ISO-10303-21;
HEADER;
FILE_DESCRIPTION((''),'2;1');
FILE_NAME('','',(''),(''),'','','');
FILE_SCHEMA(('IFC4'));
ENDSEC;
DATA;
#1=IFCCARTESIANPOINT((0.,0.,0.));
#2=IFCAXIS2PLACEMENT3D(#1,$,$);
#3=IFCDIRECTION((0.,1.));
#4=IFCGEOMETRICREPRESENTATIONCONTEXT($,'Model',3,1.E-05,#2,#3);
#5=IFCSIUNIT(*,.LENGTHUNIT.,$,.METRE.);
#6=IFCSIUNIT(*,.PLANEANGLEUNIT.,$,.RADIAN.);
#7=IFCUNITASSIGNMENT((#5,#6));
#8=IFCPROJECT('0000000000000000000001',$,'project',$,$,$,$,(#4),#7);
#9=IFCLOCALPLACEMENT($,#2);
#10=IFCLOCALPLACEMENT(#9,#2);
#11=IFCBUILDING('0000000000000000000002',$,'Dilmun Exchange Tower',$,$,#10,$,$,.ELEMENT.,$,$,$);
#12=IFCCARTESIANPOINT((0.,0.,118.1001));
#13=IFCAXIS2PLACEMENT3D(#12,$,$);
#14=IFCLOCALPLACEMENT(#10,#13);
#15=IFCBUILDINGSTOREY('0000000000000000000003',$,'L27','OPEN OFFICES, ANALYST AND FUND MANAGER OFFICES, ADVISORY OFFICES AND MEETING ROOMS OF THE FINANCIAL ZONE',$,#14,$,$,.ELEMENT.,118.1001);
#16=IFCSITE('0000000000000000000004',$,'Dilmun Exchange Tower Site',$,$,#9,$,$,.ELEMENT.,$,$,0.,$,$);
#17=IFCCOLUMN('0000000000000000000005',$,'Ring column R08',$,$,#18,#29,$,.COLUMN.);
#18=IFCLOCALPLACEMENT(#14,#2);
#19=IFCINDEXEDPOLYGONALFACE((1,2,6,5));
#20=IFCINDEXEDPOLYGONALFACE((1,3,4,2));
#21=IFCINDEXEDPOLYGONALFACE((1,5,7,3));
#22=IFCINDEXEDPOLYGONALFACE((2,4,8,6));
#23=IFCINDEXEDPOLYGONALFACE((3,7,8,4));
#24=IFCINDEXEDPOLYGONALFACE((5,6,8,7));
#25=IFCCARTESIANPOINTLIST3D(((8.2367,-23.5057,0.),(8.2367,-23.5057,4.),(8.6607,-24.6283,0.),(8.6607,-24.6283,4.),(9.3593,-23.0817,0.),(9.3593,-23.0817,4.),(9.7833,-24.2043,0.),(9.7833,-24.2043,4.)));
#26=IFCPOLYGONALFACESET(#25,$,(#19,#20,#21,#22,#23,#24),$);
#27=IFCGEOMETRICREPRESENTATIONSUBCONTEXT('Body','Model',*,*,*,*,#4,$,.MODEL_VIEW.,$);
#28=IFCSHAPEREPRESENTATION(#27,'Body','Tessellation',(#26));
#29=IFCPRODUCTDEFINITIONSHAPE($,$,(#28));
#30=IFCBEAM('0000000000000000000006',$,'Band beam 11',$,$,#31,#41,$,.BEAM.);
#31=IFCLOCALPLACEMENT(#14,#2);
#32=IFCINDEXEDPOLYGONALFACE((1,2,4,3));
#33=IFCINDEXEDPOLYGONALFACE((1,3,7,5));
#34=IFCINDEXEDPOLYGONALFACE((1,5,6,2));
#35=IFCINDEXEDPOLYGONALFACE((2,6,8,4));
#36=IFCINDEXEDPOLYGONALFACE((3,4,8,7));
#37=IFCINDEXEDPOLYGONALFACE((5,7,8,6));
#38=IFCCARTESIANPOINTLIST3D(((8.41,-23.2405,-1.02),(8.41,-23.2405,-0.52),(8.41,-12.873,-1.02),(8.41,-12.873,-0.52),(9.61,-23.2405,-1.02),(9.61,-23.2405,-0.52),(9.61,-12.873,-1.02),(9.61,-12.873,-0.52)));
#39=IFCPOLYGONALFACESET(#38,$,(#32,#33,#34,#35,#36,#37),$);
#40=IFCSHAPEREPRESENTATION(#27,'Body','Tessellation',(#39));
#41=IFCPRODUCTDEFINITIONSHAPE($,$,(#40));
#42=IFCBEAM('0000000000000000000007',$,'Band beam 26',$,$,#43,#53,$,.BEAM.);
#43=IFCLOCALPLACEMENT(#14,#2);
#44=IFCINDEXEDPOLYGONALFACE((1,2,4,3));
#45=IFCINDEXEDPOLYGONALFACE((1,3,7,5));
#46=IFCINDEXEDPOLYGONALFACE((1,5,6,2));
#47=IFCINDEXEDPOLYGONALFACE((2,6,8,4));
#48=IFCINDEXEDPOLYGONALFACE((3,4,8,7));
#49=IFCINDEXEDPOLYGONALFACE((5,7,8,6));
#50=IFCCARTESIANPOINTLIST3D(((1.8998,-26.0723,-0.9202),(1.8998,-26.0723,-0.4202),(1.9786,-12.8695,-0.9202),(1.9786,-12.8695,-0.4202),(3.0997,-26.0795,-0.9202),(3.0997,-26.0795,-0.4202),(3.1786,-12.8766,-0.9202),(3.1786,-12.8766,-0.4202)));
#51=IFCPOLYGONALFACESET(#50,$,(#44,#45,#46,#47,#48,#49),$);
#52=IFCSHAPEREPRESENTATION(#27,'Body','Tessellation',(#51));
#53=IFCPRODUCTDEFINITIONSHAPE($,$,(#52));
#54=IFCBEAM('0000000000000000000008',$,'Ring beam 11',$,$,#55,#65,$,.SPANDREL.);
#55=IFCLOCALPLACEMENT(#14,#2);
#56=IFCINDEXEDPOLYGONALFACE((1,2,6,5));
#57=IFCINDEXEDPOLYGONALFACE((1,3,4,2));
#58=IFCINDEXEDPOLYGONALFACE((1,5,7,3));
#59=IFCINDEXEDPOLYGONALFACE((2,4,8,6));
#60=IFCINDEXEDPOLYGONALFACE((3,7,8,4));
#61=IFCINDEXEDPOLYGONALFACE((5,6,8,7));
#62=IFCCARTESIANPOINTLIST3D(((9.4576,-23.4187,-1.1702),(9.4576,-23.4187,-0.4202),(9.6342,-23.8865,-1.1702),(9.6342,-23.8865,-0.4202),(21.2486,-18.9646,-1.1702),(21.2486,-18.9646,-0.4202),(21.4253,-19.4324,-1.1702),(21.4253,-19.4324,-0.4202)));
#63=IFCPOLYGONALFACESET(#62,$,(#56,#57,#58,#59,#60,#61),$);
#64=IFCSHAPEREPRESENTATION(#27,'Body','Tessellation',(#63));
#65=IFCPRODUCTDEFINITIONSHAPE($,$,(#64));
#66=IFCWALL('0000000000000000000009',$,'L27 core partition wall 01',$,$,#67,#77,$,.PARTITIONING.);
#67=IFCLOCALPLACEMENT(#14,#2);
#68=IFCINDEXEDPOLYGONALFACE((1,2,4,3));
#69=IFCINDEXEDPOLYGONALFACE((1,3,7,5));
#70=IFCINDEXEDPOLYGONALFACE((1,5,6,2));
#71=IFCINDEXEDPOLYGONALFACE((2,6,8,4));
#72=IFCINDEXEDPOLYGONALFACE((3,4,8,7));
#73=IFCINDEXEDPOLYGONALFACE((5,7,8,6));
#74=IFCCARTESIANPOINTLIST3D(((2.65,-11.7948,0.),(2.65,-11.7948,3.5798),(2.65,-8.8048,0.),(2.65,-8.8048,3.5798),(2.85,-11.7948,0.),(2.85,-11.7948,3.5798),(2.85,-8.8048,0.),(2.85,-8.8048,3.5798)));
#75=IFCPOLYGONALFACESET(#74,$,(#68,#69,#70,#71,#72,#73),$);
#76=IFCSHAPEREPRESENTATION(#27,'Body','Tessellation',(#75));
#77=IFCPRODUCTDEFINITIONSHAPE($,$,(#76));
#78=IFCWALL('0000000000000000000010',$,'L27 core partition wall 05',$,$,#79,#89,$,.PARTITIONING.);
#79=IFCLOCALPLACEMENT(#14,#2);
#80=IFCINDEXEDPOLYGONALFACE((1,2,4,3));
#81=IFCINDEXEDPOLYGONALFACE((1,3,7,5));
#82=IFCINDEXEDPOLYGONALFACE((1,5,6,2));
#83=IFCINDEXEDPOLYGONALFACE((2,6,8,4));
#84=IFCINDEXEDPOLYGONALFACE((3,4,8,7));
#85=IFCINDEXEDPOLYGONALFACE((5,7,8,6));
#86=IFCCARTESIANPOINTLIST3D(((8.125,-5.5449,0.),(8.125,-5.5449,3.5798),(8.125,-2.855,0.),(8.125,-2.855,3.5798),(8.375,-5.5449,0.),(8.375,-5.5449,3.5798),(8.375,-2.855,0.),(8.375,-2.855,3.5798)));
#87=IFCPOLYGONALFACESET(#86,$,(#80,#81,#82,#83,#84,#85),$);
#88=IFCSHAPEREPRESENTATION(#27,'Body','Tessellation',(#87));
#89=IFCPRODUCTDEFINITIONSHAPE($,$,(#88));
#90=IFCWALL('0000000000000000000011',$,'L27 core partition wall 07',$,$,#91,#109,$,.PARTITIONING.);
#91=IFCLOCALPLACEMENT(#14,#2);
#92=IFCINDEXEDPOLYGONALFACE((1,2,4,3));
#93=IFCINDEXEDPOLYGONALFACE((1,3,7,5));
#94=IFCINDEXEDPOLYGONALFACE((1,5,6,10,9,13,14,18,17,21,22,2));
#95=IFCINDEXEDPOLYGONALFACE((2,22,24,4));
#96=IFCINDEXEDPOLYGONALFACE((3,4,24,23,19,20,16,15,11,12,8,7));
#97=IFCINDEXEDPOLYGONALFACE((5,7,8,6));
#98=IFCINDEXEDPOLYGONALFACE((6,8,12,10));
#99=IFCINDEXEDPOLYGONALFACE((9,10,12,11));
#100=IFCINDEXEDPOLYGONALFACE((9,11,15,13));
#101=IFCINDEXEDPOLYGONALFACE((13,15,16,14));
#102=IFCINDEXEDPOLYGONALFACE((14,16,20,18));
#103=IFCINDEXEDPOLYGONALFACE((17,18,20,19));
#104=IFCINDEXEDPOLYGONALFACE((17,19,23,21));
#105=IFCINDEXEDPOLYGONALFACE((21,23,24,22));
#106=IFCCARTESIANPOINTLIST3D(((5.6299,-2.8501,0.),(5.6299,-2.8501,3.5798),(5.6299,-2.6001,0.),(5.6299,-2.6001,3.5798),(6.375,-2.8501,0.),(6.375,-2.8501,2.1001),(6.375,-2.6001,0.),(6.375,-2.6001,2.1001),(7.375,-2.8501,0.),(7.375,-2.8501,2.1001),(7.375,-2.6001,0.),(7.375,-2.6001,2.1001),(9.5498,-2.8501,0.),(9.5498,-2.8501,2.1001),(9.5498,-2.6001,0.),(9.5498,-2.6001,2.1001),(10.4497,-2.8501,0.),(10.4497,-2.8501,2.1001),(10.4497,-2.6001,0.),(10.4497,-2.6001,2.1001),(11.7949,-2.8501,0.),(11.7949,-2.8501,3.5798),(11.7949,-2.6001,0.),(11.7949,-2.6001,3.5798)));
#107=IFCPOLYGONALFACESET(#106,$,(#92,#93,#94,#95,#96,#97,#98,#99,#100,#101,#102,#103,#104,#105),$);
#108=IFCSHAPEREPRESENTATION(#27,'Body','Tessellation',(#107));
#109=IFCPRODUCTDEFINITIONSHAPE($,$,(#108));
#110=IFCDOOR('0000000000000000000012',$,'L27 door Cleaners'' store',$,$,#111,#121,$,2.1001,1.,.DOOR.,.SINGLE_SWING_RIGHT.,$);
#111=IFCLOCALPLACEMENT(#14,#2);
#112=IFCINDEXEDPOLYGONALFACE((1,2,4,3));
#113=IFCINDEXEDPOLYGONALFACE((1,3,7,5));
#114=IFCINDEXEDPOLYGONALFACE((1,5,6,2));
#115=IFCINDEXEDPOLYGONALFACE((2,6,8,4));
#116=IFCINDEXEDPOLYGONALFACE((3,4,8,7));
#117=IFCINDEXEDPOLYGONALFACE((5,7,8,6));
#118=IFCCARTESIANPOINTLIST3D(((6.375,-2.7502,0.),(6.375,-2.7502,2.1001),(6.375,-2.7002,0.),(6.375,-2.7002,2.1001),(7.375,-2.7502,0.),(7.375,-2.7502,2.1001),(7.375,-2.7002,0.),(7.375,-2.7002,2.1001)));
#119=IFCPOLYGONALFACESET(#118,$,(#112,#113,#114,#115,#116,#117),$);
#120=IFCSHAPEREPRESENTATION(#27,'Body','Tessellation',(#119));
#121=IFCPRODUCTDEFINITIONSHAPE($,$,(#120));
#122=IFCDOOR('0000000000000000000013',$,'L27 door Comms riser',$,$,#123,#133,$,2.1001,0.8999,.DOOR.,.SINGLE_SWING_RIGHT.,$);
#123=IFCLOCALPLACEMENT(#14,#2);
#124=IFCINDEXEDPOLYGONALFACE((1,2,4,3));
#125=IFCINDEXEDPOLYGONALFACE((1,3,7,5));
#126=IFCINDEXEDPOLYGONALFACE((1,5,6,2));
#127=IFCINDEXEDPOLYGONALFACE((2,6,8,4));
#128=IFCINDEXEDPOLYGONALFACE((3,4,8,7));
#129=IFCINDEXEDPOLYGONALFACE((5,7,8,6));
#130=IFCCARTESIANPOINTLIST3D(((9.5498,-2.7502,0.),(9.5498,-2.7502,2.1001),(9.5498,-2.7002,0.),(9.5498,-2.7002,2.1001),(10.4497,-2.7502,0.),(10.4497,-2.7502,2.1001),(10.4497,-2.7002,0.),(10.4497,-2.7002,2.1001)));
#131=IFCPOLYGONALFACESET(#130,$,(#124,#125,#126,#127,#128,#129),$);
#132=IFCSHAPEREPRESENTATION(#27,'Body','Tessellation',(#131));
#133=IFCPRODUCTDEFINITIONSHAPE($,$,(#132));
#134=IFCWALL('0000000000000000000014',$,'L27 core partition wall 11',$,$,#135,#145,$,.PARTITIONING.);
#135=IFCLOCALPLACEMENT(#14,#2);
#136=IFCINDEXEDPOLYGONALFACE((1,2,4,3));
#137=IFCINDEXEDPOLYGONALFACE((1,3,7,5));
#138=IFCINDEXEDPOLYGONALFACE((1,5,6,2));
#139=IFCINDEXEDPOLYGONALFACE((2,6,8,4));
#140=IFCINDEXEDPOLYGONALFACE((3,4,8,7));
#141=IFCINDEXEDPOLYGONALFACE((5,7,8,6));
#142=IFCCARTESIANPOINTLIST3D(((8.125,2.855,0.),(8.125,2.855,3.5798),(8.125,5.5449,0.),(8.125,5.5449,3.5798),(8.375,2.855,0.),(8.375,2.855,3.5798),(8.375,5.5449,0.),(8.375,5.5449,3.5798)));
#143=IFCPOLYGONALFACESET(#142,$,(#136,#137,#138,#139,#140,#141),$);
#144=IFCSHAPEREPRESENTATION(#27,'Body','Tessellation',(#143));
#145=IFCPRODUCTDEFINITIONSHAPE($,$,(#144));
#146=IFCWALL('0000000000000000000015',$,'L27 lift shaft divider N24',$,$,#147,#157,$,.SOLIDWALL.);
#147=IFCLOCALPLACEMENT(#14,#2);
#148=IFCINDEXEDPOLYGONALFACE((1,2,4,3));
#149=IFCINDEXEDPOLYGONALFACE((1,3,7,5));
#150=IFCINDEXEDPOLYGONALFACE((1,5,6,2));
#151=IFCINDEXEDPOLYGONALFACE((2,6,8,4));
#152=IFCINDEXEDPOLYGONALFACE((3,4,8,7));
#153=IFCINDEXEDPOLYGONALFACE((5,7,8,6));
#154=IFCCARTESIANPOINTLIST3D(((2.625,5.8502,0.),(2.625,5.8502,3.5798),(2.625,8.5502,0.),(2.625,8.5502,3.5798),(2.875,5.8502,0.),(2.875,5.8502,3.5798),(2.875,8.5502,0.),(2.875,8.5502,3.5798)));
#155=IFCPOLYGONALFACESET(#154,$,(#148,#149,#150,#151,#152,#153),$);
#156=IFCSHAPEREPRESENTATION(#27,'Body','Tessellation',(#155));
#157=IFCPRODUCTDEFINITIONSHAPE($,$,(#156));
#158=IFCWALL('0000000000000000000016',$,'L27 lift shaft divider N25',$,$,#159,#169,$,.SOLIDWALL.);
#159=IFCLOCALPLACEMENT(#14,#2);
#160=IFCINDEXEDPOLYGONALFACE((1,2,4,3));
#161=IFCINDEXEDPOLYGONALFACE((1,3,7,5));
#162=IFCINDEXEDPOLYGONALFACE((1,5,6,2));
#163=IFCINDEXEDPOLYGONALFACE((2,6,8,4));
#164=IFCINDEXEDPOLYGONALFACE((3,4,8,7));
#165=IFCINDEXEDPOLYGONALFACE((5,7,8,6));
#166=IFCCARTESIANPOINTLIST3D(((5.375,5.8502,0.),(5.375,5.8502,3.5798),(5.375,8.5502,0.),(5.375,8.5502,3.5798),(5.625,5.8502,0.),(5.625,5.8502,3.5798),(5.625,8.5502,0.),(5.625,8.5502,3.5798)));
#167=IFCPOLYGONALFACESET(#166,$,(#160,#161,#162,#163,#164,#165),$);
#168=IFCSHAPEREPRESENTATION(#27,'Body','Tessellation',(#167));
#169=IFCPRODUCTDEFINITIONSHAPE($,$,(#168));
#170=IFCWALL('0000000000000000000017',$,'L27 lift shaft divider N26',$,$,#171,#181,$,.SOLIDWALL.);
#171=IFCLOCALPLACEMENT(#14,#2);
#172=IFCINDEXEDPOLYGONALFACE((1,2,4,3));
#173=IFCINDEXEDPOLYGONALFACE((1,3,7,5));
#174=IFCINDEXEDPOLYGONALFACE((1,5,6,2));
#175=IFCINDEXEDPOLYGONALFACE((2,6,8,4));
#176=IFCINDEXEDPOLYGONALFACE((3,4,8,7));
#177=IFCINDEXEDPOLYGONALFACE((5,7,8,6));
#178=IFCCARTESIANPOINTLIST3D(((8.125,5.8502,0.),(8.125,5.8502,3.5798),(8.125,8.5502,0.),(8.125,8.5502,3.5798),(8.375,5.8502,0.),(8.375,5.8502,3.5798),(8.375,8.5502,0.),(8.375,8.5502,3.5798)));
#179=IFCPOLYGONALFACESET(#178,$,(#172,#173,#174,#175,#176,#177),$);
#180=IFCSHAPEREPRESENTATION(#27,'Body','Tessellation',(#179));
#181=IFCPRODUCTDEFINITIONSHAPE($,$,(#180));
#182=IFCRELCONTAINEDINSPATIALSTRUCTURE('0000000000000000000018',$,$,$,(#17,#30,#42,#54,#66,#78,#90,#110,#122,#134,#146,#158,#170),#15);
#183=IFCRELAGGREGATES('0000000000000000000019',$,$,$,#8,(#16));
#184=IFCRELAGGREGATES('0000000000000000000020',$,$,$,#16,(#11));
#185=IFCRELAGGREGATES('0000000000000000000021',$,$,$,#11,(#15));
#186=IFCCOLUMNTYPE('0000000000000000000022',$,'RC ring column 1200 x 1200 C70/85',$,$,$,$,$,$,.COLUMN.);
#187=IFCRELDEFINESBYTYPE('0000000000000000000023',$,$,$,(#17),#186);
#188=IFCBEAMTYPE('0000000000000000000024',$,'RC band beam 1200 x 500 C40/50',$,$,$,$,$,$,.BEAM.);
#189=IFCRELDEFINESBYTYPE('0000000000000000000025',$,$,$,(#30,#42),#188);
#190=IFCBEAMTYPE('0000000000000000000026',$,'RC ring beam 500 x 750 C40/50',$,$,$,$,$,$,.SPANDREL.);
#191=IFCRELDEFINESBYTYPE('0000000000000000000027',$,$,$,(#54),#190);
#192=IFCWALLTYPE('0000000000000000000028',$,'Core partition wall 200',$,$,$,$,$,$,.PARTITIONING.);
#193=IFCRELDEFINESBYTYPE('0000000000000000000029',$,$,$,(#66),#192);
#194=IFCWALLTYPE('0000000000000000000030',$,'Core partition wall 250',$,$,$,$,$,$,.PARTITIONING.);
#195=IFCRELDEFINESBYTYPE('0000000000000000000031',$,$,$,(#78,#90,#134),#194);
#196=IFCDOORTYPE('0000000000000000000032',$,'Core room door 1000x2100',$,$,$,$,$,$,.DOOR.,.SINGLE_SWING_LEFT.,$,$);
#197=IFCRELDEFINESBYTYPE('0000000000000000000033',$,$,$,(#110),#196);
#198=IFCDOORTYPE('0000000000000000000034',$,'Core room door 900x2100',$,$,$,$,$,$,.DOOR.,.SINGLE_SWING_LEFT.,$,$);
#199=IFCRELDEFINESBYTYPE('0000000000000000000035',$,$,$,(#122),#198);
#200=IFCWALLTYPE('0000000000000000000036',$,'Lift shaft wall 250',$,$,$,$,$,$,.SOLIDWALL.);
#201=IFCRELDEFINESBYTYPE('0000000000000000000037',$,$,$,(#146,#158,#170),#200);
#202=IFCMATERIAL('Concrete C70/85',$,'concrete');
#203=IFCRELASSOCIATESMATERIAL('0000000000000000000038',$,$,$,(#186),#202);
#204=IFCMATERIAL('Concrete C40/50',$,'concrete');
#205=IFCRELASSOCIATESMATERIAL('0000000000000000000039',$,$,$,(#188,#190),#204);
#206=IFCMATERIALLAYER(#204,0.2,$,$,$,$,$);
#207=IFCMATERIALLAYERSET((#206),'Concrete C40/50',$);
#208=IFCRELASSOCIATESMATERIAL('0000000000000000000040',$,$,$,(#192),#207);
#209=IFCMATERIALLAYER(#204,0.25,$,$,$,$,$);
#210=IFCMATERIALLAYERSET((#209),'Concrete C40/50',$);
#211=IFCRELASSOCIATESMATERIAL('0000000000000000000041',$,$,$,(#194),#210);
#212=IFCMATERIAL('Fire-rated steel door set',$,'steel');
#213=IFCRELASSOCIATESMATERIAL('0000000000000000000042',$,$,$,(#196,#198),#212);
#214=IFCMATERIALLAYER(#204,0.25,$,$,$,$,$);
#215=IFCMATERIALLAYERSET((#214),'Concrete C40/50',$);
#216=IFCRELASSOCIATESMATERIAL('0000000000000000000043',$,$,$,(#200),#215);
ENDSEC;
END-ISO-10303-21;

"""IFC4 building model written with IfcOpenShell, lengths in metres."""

from ifc_helpers import new_model, si_unit, direction, frame, frame_2d, origin, origin_2d, place, context, subcontext, project, spatial, rectangle, extrude, material, layer, layer_set, material_profile, profile_set, type_object, element, fill, save


model = new_model("IFC4")

# Units and contexts
model_context = context("Model", 3, precision=1e-05, world=origin(), true_north=direction((0.0, 1.0)))
body_context = subcontext(model_context, "Body", "Model", "MODEL_VIEW")
ifc_project = project(units=[si_unit("LENGTHUNIT", "METRE"), si_unit("PLANEANGLEUNIT", "RADIAN")], contexts=[model_context])

# Site, building, storey
site_placement = place(None, origin())
site = spatial("IfcSite", under=ifc_project, at=site_placement, Name="Dilmun Exchange Tower Site", CompositionType="ELEMENT", RefElevation=0.0)
building_placement = place(site_placement, origin())
building = spatial("IfcBuilding", under=site, at=building_placement, Name="Dilmun Exchange Tower", CompositionType="ELEMENT")
storey_placement = place(building_placement, frame((0.0, 0.0, 118.1001)))
storey = spatial("IfcBuildingStorey", under=building, at=storey_placement, Name="L27", Description="OPEN OFFICES, ANALYST AND FUND MANAGER OFFICES, ADVISORY OFFICES AND MEETING ROOMS OF THE FINANCIAL ZONE", CompositionType="ELEMENT", Elevation=118.1001)

# Column
ifc_material_1 = material(Name="Concrete C70/85", Category="concrete")
ifc_material_profile_1 = material_profile(ifc_material_1, rectangle(XDim=1.2, YDim=1.2, at=origin_2d()), Name="1200 x 1200")
ifc_profile_set_1 = profile_set([ifc_material_profile_1], Name="Concrete C70/85")
column_type = type_object("IfcColumnType", Name="RC ring column 1200 x 1200 C70/85", PredefinedType="COLUMN", material=ifc_profile_set_1)
column_placement = place(storey_placement, frame((9.01, -23.855, 0.0), z_axis=(0.0, 0.0, 1.0), x_axis=(0.935492, 0.353349, 0.0)))
element("IfcColumn", 1, at=column_placement, inside=storey, type_object=column_type, Name="Ring column R08", PredefinedType="COLUMN", context=body_context, shape_type="SweptSolid", body=[
    extrude(rectangle(XDim=1.2, YDim=1.2, at=origin_2d()), origin(), (0.0, 0.0, 1.0), 4.0),
])

# Beams
ifc_material_2 = material(Name="Concrete C40/50", Category="concrete")
ifc_material_profile_2 = material_profile(ifc_material_2, rectangle(XDim=1.2, YDim=0.5, at=origin_2d()), Name="1200 x 500")
ifc_profile_set_2 = profile_set([ifc_material_profile_2], Name="Concrete C40/50")
beam_type_1 = type_object("IfcBeamType", Name="RC band beam 1200 x 500 C40/50", PredefinedType="BEAM", material=ifc_profile_set_2)
beam_1_placement = place(storey_placement, frame((9.01, -23.2405, -0.77), z_axis=(0.0, 1.0, 0.0), x_axis=(-1.0, 0.0, 0.0)))
element("IfcBeam", 2, at=beam_1_placement, inside=storey, type_object=beam_type_1, Name="Band beam 11", PredefinedType="BEAM", context=body_context, shape_type="SweptSolid", body=[
    extrude(rectangle(XDim=1.2, YDim=0.5, at=origin_2d()), origin(), (0.0, 0.0, 1.0), 10.3674),
])
beam_2_placement = place(storey_placement, frame((2.4998, -26.0759, -0.6702), z_axis=(0.005973, 0.999982, 0.0), x_axis=(-0.999982, 0.005973, 0.0)))
element("IfcBeam", 3, at=beam_2_placement, inside=storey, type_object=beam_type_1, Name="Band beam 26", PredefinedType="BEAM", context=body_context, shape_type="SweptSolid", body=[
    extrude(rectangle(XDim=1.2, YDim=0.5, at=origin_2d()), origin(), (0.0, 0.0, 1.0), 13.2031),
])
ifc_material_profile_3 = material_profile(ifc_material_2, rectangle(XDim=0.5, YDim=0.75, at=origin_2d()), Name="500 x 750")
ifc_profile_set_3 = profile_set([ifc_material_profile_3], Name="Concrete C40/50")
beam_type_2 = type_object("IfcBeamType", Name="RC ring beam 500 x 750 C40/50", PredefinedType="SPANDREL", material=ifc_profile_set_3)
beam_3_placement = place(storey_placement, frame((9.5459, -23.6526, -0.7952), z_axis=(0.935479, 0.353381, 0.0), x_axis=(-0.353381, 0.935479, 0.0)))
element("IfcBeam", 4, at=beam_3_placement, inside=storey, type_object=beam_type_2, Name="Ring beam 11", PredefinedType="SPANDREL", context=body_context, shape_type="SweptSolid", body=[
    extrude(rectangle(XDim=0.5, YDim=0.75, at=origin_2d()), origin(), (0.0, 0.0, 1.0), 12.6042),
])

# Walls
ifc_layer_1 = layer(ifc_material_2, 0.2)
ifc_layer_set_1 = layer_set([ifc_layer_1], Name="Concrete C40/50")
wall_type_1 = type_object("IfcWallType", Name="Core partition wall 200", PredefinedType="PARTITIONING", material=ifc_layer_set_1)
wall_1_placement = place(storey_placement, frame((2.75, -11.7949, 0.0), z_axis=(0.0, 0.0, 1.0), x_axis=(0.0, 1.0, 0.0)))
element("IfcWall", 5, at=wall_1_placement, inside=storey, type_object=wall_type_1, Name="L27 core partition wall 01", PredefinedType="PARTITIONING", context=body_context, shape_type="SweptSolid", body=[
    extrude(rectangle(XDim=2.99, YDim=0.2, at=frame_2d((1.4951, 0.0))), origin(), (0.0, 0.0, 1.0), 3.5798),
])
ifc_layer_2 = layer(ifc_material_2, 0.25)
ifc_layer_set_2 = layer_set([ifc_layer_2], Name="Concrete C40/50")
wall_type_2 = type_object("IfcWallType", Name="Core partition wall 250", PredefinedType="PARTITIONING", material=ifc_layer_set_2)
wall_2_placement = place(storey_placement, frame((8.25, -5.5449, 0.0), z_axis=(0.0, 0.0, 1.0), x_axis=(0.0, 1.0, 0.0)))
element("IfcWall", 6, at=wall_2_placement, inside=storey, type_object=wall_type_2, Name="L27 core partition wall 05", PredefinedType="PARTITIONING", context=body_context, shape_type="SweptSolid", body=[
    extrude(rectangle(XDim=2.6899, YDim=0.25, at=frame_2d((1.345, 0.0))), origin(), (0.0, 0.0, 1.0), 3.5798),
])

# Wall, openings, doors
wall_3_placement = place(storey_placement, frame((5.6299, -2.7251, 0.0), z_axis=(0.0, 0.0, 1.0), x_axis=(1.0, 0.0, 0.0)))
wall_3 = element("IfcWall", 7, at=wall_3_placement, inside=storey, type_object=wall_type_2, Name="L27 core partition wall 07", PredefinedType="PARTITIONING", context=body_context, shape_type="SweptSolid", body=[
    extrude(rectangle(XDim=6.165, YDim=0.25, at=frame_2d((3.0825, 0.0))), origin(), (0.0, 0.0, 1.0), 3.5798),
])
opening_1_placement = place(wall_3_placement, frame((0.7451, 0.0, 0.0)))
opening_1 = element("IfcOpeningElement", 8, at=opening_1_placement, cuts=wall_3, PredefinedType="OPENING", context=body_context, shape_type="SweptSolid", body=[
    extrude(rectangle(XDim=1.0, YDim=2.1001, at=frame_2d((0.5, 1.05))), frame((0.0, 0.135, 0.0), z_axis=(0.0, -1.0, 0.0), x_axis=(1.0, 0.0, 0.0)), (0.0, 0.0, 1.0), 0.27),
])
opening_2_placement = place(wall_3_placement, frame((3.9199, 0.0, 0.0)))
opening_2 = element("IfcOpeningElement", 9, at=opening_2_placement, cuts=wall_3, PredefinedType="OPENING", context=body_context, shape_type="SweptSolid", body=[
    extrude(rectangle(XDim=0.8999, YDim=2.1001, at=frame_2d((0.45, 1.05))), frame((0.0, 0.135, 0.0), z_axis=(0.0, -1.0, 0.0), x_axis=(1.0, 0.0, 0.0)), (0.0, 0.0, 1.0), 0.27),
])
ifc_material_3 = material(Name="Fire-rated steel door set", Category="steel")
door_type_1 = type_object("IfcDoorType", Name="Core room door 1000x2100", OperationType="SINGLE_SWING_LEFT", PredefinedType="DOOR", material=ifc_material_3)
door_1_placement = place(opening_1_placement, origin())
door_1 = element("IfcDoor", 10, at=door_1_placement, inside=storey, type_object=door_type_1, Name="L27 door Cleaners' store", OperationType="SINGLE_SWING_RIGHT", OverallHeight=2.1001, OverallWidth=1.0, PredefinedType="DOOR", context=body_context, shape_type="SweptSolid", body=[
    extrude(rectangle(XDim=1.0, YDim=2.1001, at=frame_2d((0.5, 1.05))), frame((0.0, 0.0249, 0.0), z_axis=(0.0, -1.0, 0.0), x_axis=(1.0, 0.0, 0.0)), (0.0, 0.0, 1.0), 0.05),
])
fill(opening_1, door_1)
door_type_2 = type_object("IfcDoorType", Name="Core room door 900x2100", OperationType="SINGLE_SWING_LEFT", PredefinedType="DOOR", material=ifc_material_3)
door_2_placement = place(opening_2_placement, origin())
door_2 = element("IfcDoor", 11, at=door_2_placement, inside=storey, type_object=door_type_2, Name="L27 door Comms riser", OperationType="SINGLE_SWING_RIGHT", OverallHeight=2.1001, OverallWidth=0.8999, PredefinedType="DOOR", context=body_context, shape_type="SweptSolid", body=[
    extrude(rectangle(XDim=0.8999, YDim=2.1001, at=frame_2d((0.45, 1.05))), frame((0.0, 0.0249, 0.0), z_axis=(0.0, -1.0, 0.0), x_axis=(1.0, 0.0, 0.0)), (0.0, 0.0, 1.0), 0.05),
])
fill(opening_2, door_2)

# Walls
wall_4_placement = place(storey_placement, frame((8.25, 2.855, 0.0), z_axis=(0.0, 0.0, 1.0), x_axis=(0.0, 1.0, 0.0)))
element("IfcWall", 12, at=wall_4_placement, inside=storey, type_object=wall_type_2, Name="L27 core partition wall 11", PredefinedType="PARTITIONING", context=body_context, shape_type="SweptSolid", body=[
    extrude(rectangle(XDim=2.6899, YDim=0.25, at=frame_2d((1.345, 0.0))), origin(), (0.0, 0.0, 1.0), 3.5798),
])
ifc_layer_3 = layer(ifc_material_2, 0.25)
ifc_layer_set_3 = layer_set([ifc_layer_3], Name="Concrete C40/50")
wall_type_3 = type_object("IfcWallType", Name="Lift shaft wall 250", PredefinedType="SOLIDWALL", material=ifc_layer_set_3)
for number, where, z_axis, x_axis, name in (
    (13, (2.75, 5.8501, 0.0), (0.0, 0.0, 1.0), (0.0, 1.0, 0.0), "L27 lift shaft divider N24"),
    (14, (5.5, 5.8501, 0.0), (0.0, 0.0, 1.0), (0.0, 1.0, 0.0), "L27 lift shaft divider N25"),
    (15, (8.25, 5.8501, 0.0), (0.0, 0.0, 1.0), (0.0, 1.0, 0.0), "L27 lift shaft divider N26"),
):
    element("IfcWall", number, at=place(storey_placement, frame(where, z_axis=z_axis, x_axis=x_axis)), inside=storey, type_object=wall_type_3, Name=name, PredefinedType="SOLIDWALL", context=body_context, shape_type="SweptSolid", body=[
        extrude(rectangle(XDim=2.7, YDim=0.25, at=frame_2d((1.3501, 0.0))), origin(), (0.0, 0.0, 1.0), 3.5798),
    ])

save(model, "model.ifc")
